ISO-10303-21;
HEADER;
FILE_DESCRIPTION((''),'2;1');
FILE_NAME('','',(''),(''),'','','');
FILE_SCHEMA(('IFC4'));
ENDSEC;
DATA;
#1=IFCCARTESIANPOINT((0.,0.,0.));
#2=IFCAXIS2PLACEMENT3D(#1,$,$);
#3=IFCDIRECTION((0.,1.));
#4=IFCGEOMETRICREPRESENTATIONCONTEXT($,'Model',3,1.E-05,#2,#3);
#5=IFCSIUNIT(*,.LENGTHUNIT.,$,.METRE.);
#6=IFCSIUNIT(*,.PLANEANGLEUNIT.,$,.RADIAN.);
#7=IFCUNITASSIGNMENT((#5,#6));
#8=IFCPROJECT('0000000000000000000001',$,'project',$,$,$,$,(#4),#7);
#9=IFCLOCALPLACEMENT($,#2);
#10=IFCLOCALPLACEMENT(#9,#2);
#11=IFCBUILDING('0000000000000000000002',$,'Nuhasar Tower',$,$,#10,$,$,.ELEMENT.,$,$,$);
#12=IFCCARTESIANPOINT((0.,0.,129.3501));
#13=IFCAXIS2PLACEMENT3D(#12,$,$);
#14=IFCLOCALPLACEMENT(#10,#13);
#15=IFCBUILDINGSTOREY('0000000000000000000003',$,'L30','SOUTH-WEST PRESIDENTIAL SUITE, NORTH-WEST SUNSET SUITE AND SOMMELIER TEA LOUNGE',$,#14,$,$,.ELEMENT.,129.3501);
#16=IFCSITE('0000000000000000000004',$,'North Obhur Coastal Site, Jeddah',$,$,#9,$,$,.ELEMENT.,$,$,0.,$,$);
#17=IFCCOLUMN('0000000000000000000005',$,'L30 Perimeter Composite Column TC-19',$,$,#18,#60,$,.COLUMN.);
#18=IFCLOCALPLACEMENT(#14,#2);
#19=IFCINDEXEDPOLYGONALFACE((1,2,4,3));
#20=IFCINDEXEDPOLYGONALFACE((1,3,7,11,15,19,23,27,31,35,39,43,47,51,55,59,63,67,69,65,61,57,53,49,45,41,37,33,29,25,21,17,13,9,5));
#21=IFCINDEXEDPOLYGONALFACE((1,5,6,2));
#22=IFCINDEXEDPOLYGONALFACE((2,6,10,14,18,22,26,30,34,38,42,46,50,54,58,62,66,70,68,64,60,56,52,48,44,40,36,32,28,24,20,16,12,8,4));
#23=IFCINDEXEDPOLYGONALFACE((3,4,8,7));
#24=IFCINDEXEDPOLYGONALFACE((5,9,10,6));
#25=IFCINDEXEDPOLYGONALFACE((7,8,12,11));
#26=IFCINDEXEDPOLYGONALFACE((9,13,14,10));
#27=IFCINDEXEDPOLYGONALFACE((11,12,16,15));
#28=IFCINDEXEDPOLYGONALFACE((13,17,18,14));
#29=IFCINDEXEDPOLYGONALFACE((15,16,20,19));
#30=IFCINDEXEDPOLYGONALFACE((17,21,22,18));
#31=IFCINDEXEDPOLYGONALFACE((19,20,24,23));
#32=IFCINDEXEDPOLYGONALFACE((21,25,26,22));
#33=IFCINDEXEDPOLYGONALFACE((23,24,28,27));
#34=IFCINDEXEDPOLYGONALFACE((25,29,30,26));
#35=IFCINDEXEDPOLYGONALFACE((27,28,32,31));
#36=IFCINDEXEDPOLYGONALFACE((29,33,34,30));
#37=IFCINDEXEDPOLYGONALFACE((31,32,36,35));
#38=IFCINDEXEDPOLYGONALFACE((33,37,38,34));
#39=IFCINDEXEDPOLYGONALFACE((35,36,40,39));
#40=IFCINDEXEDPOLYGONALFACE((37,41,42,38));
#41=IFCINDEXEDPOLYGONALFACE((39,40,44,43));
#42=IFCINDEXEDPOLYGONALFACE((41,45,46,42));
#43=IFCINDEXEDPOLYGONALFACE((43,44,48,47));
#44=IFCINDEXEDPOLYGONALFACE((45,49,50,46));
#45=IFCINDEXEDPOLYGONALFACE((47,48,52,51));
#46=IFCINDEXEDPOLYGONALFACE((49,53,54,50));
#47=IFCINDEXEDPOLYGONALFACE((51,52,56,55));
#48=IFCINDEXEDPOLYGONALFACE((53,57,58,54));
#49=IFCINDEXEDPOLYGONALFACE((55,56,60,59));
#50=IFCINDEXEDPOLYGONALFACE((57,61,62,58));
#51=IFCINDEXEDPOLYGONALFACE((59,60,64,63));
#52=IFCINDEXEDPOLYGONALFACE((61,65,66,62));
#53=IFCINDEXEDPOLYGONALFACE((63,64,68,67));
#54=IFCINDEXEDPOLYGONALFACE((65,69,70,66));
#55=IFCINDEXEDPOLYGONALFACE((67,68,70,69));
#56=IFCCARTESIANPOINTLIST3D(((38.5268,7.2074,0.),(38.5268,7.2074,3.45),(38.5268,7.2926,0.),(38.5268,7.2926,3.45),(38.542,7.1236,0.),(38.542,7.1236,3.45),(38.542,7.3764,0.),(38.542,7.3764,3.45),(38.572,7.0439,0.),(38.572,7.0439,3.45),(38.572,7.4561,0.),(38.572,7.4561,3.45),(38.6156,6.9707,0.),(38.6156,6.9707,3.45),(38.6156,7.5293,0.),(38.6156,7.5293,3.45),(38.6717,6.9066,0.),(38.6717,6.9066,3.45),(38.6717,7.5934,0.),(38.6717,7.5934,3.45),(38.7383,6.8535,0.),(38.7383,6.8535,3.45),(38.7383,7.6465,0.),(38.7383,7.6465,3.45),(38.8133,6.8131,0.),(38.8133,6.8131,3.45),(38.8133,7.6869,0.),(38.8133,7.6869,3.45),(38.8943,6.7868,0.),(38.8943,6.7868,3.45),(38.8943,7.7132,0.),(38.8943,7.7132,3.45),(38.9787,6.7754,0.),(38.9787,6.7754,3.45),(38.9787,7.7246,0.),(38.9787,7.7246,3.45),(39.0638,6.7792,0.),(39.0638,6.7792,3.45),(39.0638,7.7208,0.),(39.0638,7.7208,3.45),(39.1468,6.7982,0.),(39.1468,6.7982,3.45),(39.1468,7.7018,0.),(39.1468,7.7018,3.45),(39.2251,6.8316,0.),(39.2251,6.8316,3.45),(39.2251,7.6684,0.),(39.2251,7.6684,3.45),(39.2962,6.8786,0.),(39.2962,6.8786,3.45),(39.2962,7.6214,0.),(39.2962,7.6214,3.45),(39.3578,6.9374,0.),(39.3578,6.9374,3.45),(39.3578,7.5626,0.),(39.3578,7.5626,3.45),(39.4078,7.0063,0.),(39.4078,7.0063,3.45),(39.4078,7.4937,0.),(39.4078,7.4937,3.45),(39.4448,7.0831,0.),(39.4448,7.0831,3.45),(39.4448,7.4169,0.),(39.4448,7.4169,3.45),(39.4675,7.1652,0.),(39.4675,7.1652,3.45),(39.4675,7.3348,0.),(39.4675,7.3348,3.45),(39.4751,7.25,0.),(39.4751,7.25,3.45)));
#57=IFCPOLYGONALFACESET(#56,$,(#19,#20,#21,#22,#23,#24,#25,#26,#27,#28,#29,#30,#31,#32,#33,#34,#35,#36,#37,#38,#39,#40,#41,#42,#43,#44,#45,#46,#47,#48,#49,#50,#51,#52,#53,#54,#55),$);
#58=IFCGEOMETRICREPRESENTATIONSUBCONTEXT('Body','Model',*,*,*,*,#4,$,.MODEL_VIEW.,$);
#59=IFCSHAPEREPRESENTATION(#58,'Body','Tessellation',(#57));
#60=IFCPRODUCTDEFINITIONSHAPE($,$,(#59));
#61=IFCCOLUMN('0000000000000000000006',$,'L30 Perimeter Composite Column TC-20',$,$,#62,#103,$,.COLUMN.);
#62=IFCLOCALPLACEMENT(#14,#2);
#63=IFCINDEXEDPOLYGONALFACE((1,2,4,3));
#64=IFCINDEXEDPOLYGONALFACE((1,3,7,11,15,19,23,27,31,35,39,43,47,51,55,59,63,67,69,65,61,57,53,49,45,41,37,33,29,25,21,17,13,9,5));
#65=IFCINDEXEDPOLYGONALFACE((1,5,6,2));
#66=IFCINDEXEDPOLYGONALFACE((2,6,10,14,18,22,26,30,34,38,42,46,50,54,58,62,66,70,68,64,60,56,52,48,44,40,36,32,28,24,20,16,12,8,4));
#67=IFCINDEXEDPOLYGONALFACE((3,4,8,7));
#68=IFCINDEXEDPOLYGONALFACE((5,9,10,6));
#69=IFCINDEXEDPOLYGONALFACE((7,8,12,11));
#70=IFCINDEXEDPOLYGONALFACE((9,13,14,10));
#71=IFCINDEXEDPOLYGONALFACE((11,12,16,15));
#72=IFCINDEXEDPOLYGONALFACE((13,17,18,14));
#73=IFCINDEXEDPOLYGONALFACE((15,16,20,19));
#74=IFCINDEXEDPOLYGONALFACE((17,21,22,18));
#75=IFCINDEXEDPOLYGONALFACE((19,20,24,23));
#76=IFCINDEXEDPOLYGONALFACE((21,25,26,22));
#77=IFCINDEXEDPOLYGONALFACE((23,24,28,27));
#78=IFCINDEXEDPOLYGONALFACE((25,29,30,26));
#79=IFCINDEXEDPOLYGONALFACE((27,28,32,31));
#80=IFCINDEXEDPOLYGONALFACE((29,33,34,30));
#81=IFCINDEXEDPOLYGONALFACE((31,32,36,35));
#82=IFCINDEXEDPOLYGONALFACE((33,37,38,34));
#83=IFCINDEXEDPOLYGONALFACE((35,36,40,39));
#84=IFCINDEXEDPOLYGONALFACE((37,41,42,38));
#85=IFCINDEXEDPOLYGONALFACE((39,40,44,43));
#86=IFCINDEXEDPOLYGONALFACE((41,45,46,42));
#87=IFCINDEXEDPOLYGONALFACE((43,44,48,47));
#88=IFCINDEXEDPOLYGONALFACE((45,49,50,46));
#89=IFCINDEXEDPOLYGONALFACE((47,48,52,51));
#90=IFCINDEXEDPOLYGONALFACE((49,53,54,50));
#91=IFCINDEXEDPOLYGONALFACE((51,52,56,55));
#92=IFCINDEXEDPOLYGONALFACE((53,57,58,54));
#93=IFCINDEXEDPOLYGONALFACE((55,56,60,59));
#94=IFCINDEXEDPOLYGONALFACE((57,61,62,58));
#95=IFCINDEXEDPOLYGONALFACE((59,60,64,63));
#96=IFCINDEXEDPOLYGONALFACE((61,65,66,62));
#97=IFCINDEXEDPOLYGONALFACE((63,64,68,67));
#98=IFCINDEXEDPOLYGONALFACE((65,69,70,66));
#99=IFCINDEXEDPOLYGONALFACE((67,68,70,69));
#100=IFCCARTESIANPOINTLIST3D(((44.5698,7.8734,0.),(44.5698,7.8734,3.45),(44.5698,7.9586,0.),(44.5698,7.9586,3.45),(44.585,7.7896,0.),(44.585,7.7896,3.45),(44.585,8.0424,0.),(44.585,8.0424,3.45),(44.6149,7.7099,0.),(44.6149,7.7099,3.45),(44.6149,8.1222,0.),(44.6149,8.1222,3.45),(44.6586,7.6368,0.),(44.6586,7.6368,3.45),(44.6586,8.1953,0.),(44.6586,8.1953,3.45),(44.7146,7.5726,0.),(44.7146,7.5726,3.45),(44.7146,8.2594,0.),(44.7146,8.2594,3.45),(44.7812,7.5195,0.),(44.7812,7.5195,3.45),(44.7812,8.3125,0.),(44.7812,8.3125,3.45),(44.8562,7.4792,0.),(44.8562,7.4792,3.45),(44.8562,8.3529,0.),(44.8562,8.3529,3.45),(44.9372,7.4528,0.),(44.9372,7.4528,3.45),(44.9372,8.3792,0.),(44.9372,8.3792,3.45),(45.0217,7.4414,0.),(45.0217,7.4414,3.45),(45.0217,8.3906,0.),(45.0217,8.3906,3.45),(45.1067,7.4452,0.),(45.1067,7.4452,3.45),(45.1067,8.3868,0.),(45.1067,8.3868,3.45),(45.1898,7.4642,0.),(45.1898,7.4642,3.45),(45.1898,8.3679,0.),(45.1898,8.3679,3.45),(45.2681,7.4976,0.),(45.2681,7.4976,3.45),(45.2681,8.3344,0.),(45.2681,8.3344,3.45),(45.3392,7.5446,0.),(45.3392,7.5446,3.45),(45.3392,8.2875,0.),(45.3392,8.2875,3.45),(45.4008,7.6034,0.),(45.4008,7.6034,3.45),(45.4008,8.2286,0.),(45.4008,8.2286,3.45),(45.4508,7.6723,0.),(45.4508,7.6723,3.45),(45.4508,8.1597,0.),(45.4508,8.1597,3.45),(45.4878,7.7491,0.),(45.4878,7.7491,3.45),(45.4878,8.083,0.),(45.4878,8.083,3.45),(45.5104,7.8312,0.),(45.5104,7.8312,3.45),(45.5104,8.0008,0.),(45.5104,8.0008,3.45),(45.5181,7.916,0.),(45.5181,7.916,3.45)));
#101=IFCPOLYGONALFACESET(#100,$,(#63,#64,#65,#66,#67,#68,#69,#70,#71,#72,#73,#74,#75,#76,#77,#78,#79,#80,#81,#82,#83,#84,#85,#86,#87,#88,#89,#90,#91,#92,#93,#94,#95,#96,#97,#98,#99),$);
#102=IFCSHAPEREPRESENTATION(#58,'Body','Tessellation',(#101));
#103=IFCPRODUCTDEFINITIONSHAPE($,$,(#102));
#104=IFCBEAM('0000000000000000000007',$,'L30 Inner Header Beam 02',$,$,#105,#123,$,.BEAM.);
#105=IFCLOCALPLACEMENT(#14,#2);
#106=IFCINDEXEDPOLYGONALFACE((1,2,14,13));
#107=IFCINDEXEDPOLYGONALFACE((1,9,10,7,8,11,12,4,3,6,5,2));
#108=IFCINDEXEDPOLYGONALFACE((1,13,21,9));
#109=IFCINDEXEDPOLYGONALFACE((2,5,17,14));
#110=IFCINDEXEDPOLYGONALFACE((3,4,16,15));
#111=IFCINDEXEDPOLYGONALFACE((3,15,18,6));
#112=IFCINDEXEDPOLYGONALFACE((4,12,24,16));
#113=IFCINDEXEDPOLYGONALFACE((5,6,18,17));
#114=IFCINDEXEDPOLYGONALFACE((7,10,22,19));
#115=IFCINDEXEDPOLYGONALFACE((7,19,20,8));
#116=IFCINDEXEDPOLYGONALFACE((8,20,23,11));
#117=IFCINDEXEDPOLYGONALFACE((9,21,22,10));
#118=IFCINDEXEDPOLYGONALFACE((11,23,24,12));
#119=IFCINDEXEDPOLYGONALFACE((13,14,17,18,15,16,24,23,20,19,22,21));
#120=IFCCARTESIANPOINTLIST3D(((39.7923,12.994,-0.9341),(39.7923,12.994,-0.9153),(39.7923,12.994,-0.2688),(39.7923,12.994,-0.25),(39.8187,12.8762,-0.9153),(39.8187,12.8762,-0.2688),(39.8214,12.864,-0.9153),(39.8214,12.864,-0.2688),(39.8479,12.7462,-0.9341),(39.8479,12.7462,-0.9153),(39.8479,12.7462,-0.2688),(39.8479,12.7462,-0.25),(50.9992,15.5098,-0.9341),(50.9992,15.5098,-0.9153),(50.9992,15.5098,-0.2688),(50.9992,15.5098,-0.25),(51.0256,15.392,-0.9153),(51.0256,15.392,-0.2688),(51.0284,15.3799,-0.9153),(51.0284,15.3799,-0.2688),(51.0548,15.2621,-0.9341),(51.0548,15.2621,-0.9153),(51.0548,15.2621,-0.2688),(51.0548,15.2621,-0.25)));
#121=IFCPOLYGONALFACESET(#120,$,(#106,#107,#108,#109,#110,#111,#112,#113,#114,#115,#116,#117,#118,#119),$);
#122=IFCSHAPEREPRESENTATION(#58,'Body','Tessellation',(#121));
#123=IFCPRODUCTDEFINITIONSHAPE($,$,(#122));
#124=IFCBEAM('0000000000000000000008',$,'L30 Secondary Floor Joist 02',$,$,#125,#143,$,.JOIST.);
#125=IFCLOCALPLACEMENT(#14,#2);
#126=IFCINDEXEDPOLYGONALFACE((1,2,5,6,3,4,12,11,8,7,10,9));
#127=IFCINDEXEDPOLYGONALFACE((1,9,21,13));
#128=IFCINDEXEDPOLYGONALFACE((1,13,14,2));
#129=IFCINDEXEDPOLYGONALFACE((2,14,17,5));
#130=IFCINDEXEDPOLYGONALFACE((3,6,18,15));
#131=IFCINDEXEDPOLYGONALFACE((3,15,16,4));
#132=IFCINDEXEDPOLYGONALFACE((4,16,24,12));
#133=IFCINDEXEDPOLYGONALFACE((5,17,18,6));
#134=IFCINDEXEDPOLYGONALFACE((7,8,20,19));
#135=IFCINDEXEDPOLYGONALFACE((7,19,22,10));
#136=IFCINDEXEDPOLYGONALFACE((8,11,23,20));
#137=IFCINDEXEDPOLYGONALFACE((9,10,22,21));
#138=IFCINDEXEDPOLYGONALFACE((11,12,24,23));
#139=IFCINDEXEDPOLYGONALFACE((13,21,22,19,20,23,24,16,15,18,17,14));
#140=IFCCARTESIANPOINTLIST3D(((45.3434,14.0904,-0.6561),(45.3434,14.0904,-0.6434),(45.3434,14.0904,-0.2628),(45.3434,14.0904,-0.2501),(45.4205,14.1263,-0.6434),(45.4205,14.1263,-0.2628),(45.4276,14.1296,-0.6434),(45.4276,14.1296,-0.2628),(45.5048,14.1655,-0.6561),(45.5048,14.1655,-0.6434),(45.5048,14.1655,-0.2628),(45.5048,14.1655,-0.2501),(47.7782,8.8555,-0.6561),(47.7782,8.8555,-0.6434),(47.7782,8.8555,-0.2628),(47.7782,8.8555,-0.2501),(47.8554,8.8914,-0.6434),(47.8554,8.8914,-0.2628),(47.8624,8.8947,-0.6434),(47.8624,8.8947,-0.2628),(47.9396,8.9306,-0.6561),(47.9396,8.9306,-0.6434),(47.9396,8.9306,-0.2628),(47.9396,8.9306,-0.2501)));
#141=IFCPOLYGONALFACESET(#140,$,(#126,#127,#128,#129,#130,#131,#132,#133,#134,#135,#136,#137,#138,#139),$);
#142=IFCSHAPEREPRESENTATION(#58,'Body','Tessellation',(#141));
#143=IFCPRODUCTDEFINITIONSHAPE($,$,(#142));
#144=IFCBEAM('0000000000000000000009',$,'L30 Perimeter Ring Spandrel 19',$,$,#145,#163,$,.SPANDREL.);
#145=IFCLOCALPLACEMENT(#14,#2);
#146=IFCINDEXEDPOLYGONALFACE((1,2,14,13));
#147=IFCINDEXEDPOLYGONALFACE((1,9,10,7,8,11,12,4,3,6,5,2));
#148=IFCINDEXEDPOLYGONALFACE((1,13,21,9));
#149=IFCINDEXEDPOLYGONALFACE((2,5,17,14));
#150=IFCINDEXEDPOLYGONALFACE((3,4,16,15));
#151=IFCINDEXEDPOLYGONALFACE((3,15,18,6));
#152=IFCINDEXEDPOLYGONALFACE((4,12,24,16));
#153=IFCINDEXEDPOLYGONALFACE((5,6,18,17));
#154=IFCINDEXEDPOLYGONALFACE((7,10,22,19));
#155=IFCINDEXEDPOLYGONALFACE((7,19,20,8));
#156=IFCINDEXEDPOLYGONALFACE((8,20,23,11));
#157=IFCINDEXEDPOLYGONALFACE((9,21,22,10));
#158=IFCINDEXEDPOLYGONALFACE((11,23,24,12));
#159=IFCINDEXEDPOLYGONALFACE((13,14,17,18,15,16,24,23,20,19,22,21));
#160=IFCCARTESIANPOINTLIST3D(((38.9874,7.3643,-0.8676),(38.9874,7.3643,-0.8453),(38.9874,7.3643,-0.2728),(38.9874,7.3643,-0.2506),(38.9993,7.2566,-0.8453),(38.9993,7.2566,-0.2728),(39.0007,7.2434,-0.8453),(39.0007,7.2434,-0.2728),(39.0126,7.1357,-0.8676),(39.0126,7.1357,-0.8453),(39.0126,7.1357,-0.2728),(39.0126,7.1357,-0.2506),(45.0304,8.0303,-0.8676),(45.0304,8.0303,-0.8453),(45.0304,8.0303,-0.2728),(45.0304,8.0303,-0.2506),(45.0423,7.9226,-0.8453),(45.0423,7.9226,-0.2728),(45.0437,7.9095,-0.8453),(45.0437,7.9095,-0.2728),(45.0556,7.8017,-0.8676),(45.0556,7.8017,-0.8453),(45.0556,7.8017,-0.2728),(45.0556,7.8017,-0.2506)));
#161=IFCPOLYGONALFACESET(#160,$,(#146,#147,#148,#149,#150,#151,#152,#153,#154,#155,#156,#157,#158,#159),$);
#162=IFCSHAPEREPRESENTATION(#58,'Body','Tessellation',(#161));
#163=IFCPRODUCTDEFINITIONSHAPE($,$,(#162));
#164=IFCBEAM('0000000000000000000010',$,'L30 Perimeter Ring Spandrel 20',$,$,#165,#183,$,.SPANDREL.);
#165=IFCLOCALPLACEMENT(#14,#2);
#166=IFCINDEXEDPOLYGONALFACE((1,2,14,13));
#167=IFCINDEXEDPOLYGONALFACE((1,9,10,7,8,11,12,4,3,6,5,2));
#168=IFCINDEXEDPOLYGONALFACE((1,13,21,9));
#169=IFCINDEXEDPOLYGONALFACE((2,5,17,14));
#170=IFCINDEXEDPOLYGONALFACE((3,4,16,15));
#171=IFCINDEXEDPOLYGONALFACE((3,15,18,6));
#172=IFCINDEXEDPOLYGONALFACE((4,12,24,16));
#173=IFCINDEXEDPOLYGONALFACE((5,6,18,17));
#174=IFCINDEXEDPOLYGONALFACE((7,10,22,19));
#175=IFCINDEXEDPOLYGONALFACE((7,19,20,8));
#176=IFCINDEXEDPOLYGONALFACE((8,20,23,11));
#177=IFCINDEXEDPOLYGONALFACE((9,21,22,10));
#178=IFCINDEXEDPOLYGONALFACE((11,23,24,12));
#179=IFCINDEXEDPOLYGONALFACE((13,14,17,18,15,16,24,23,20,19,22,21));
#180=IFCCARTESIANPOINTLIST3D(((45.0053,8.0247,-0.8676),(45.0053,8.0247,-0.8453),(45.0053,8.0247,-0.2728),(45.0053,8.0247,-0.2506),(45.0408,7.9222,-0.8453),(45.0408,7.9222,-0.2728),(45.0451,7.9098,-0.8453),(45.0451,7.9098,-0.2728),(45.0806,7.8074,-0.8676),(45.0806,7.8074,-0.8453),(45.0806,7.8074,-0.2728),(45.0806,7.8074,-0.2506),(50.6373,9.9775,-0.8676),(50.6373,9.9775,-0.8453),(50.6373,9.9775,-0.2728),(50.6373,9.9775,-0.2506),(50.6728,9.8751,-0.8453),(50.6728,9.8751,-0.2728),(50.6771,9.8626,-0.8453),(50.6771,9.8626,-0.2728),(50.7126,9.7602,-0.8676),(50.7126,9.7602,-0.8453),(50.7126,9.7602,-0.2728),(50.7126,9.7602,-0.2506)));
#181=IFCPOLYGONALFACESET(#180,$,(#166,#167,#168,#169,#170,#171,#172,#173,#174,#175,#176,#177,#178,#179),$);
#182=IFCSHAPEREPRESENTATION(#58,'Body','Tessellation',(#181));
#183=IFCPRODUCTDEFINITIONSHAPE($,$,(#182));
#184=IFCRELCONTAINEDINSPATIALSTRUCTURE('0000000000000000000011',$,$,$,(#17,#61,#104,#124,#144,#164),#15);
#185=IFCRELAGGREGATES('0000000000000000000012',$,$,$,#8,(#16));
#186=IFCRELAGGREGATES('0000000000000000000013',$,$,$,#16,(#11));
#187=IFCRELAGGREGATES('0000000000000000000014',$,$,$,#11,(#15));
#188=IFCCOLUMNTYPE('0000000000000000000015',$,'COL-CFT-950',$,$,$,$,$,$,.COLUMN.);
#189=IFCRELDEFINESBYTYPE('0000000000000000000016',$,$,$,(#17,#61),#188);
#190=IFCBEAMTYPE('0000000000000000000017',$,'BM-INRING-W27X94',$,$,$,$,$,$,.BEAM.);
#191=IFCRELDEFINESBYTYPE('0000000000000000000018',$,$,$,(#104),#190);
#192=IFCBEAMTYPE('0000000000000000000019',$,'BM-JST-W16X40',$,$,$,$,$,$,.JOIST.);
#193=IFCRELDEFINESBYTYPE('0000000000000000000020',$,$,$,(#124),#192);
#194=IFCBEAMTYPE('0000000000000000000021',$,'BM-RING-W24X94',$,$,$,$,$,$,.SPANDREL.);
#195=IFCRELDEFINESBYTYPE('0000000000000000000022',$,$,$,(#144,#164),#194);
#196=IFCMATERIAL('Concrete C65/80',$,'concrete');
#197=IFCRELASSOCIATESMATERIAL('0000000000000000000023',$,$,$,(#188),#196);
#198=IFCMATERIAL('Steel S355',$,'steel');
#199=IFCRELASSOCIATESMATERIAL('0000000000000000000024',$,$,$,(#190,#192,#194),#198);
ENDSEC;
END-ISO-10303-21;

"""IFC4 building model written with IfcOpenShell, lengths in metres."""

from ifc_helpers import new_model, si_unit, direction, frame, origin, origin_2d, place, context, subcontext, project, spatial, circle, i_section, extrude, material, material_profile, profile_set, type_object, element, save


model = new_model("IFC4")

# Units and contexts
model_context = context("Model", 3, precision=1e-05, world=origin(), true_north=direction((0.0, 1.0)))
body_context = subcontext(model_context, "Body", "Model", "MODEL_VIEW")
ifc_project = project(units=[si_unit("LENGTHUNIT", "METRE"), si_unit("PLANEANGLEUNIT", "RADIAN")], contexts=[model_context])

# Site, building, storey
site_placement = place(None, origin())
site = spatial("IfcSite", under=ifc_project, at=site_placement, Name="North Obhur Coastal Site, Jeddah", CompositionType="ELEMENT", RefElevation=0.0)
building_placement = place(site_placement, origin())
building = spatial("IfcBuilding", under=site, at=building_placement, Name="Nuhasar Tower", CompositionType="ELEMENT")
storey_placement = place(building_placement, frame((0.0, 0.0, 129.3501)))
storey = spatial("IfcBuildingStorey", under=building, at=storey_placement, Name="L30", Description="SOUTH-WEST PRESIDENTIAL SUITE, NORTH-WEST SUNSET SUITE AND SOMMELIER TEA LOUNGE", CompositionType="ELEMENT", Elevation=129.3501)

# Columns
ifc_material_1 = material(Name="Concrete C65/80", Category="concrete")
ifc_material_profile_1 = material_profile(ifc_material_1, circle(Radius=0.4751, at=origin_2d()), Name="CFT950")
ifc_profile_set_1 = profile_set([ifc_material_profile_1], Name="Concrete C65/80")
column_type = type_object("IfcColumnType", Name="COL-CFT-950", PredefinedType="COLUMN", material=ifc_profile_set_1)
for number, where, z_axis, x_axis, name in (
    (1, (39.0, 7.25, 0.0), (0.0, 0.0, 1.0), (1.0, 0.0, 0.0), "L30 Perimeter Composite Column TC-19"),
    (2, (45.043, 7.916, 0.0), (0.0, 0.0, 1.0), (1.0, 0.0, 0.0), "L30 Perimeter Composite Column TC-20"),
):
    element("IfcColumn", number, at=place(storey_placement, frame(where, z_axis=z_axis, x_axis=x_axis)), inside=storey, type_object=column_type, Name=name, PredefinedType="COLUMN", context=body_context, shape_type="SweptSolid", body=[
        extrude(circle(Radius=0.4751, at=origin_2d()), origin(), (0.0, 0.0, 1.0), 3.45),
    ])

# Beams
ifc_material_2 = material(Name="Steel S355", Category="steel")
ifc_material_profile_2 = material_profile(ifc_material_2, i_section(OverallWidth=0.2539, OverallDepth=0.6841, WebThickness=0.0125, FlangeThickness=0.0188, at=origin_2d()), Name="W27X94")
ifc_profile_set_2 = profile_set([ifc_material_profile_2], Name="Steel S355")
beam_type_1 = type_object("IfcBeamType", Name="BM-INRING-W27X94", PredefinedType="BEAM", material=ifc_profile_set_2)
beam_1_placement = place(storey_placement, frame((39.8201, 12.8701, -0.592), z_axis=(0.975716, 0.219039, 0.0), x_axis=(-0.219039, 0.975716, 0.0)))
element("IfcBeam", 3, at=beam_1_placement, inside=storey, type_object=beam_type_1, Name="L30 Inner Header Beam 02", PredefinedType="BEAM", context=body_context, shape_type="SweptSolid", body=[
    extrude(i_section(OverallWidth=0.2539, OverallDepth=0.6841, WebThickness=0.0125, FlangeThickness=0.0188, at=origin_2d()), origin(), (0.0, 0.0, 1.0), 11.4858),
])
ifc_material_profile_3 = material_profile(ifc_material_2, i_section(OverallWidth=0.178, OverallDepth=0.406, WebThickness=0.0078, FlangeThickness=0.0127, at=origin_2d()), Name="W16X40")
ifc_profile_set_3 = profile_set([ifc_material_profile_3], Name="Steel S355")
beam_type_2 = type_object("IfcBeamType", Name="BM-JST-W16X40", PredefinedType="JOIST", material=ifc_profile_set_3)
beam_2_placement = place(storey_placement, frame((45.4241, 14.1279, -0.4531), z_axis=(0.42173, -0.906721, 0.0), x_axis=(0.906721, 0.42173, 0.0)))
element("IfcBeam", 4, at=beam_2_placement, inside=storey, type_object=beam_type_2, Name="L30 Secondary Floor Joist 02", PredefinedType="JOIST", context=body_context, shape_type="SweptSolid", body=[
    extrude(i_section(OverallWidth=0.178, OverallDepth=0.406, WebThickness=0.0078, FlangeThickness=0.0127, at=origin_2d()), origin(), (0.0, 0.0, 1.0), 5.7734),
])
ifc_material_profile_4 = material_profile(ifc_material_2, i_section(OverallWidth=0.23, OverallDepth=0.6169, WebThickness=0.0132, FlangeThickness=0.0222, at=origin_2d()), Name="W24X94")
ifc_profile_set_4 = profile_set([ifc_material_profile_4], Name="Steel S355")
beam_type_3 = type_object("IfcBeamType", Name="BM-RING-W24X94", PredefinedType="SPANDREL", material=ifc_profile_set_4)
beam_3_placement = place(storey_placement, frame((39.0, 7.25, -0.5591), z_axis=(0.993981, 0.10955, 0.0), x_axis=(-0.10955, 0.993981, 0.0)))
element("IfcBeam", 5, at=beam_3_placement, inside=storey, type_object=beam_type_3, Name="L30 Perimeter Ring Spandrel 19", PredefinedType="SPANDREL", context=body_context, shape_type="SweptSolid", body=[
    extrude(i_section(OverallWidth=0.23, OverallDepth=0.6169, WebThickness=0.0132, FlangeThickness=0.0222, at=origin_2d()), origin(), (0.0, 0.0, 1.0), 6.0796),
])
beam_4_placement = place(storey_placement, frame((45.043, 7.916, -0.5591), z_axis=(0.944814, 0.327607, 0.0), x_axis=(-0.327607, 0.944814, 0.0)))
element("IfcBeam", 6, at=beam_4_placement, inside=storey, type_object=beam_type_3, Name="L30 Perimeter Ring Spandrel 20", PredefinedType="SPANDREL", context=body_context, shape_type="SweptSolid", body=[
    extrude(i_section(OverallWidth=0.23, OverallDepth=0.6169, WebThickness=0.0132, FlangeThickness=0.0222, at=origin_2d()), origin(), (0.0, 0.0, 1.0), 5.9609),
])

save(model, "model.ifc")
